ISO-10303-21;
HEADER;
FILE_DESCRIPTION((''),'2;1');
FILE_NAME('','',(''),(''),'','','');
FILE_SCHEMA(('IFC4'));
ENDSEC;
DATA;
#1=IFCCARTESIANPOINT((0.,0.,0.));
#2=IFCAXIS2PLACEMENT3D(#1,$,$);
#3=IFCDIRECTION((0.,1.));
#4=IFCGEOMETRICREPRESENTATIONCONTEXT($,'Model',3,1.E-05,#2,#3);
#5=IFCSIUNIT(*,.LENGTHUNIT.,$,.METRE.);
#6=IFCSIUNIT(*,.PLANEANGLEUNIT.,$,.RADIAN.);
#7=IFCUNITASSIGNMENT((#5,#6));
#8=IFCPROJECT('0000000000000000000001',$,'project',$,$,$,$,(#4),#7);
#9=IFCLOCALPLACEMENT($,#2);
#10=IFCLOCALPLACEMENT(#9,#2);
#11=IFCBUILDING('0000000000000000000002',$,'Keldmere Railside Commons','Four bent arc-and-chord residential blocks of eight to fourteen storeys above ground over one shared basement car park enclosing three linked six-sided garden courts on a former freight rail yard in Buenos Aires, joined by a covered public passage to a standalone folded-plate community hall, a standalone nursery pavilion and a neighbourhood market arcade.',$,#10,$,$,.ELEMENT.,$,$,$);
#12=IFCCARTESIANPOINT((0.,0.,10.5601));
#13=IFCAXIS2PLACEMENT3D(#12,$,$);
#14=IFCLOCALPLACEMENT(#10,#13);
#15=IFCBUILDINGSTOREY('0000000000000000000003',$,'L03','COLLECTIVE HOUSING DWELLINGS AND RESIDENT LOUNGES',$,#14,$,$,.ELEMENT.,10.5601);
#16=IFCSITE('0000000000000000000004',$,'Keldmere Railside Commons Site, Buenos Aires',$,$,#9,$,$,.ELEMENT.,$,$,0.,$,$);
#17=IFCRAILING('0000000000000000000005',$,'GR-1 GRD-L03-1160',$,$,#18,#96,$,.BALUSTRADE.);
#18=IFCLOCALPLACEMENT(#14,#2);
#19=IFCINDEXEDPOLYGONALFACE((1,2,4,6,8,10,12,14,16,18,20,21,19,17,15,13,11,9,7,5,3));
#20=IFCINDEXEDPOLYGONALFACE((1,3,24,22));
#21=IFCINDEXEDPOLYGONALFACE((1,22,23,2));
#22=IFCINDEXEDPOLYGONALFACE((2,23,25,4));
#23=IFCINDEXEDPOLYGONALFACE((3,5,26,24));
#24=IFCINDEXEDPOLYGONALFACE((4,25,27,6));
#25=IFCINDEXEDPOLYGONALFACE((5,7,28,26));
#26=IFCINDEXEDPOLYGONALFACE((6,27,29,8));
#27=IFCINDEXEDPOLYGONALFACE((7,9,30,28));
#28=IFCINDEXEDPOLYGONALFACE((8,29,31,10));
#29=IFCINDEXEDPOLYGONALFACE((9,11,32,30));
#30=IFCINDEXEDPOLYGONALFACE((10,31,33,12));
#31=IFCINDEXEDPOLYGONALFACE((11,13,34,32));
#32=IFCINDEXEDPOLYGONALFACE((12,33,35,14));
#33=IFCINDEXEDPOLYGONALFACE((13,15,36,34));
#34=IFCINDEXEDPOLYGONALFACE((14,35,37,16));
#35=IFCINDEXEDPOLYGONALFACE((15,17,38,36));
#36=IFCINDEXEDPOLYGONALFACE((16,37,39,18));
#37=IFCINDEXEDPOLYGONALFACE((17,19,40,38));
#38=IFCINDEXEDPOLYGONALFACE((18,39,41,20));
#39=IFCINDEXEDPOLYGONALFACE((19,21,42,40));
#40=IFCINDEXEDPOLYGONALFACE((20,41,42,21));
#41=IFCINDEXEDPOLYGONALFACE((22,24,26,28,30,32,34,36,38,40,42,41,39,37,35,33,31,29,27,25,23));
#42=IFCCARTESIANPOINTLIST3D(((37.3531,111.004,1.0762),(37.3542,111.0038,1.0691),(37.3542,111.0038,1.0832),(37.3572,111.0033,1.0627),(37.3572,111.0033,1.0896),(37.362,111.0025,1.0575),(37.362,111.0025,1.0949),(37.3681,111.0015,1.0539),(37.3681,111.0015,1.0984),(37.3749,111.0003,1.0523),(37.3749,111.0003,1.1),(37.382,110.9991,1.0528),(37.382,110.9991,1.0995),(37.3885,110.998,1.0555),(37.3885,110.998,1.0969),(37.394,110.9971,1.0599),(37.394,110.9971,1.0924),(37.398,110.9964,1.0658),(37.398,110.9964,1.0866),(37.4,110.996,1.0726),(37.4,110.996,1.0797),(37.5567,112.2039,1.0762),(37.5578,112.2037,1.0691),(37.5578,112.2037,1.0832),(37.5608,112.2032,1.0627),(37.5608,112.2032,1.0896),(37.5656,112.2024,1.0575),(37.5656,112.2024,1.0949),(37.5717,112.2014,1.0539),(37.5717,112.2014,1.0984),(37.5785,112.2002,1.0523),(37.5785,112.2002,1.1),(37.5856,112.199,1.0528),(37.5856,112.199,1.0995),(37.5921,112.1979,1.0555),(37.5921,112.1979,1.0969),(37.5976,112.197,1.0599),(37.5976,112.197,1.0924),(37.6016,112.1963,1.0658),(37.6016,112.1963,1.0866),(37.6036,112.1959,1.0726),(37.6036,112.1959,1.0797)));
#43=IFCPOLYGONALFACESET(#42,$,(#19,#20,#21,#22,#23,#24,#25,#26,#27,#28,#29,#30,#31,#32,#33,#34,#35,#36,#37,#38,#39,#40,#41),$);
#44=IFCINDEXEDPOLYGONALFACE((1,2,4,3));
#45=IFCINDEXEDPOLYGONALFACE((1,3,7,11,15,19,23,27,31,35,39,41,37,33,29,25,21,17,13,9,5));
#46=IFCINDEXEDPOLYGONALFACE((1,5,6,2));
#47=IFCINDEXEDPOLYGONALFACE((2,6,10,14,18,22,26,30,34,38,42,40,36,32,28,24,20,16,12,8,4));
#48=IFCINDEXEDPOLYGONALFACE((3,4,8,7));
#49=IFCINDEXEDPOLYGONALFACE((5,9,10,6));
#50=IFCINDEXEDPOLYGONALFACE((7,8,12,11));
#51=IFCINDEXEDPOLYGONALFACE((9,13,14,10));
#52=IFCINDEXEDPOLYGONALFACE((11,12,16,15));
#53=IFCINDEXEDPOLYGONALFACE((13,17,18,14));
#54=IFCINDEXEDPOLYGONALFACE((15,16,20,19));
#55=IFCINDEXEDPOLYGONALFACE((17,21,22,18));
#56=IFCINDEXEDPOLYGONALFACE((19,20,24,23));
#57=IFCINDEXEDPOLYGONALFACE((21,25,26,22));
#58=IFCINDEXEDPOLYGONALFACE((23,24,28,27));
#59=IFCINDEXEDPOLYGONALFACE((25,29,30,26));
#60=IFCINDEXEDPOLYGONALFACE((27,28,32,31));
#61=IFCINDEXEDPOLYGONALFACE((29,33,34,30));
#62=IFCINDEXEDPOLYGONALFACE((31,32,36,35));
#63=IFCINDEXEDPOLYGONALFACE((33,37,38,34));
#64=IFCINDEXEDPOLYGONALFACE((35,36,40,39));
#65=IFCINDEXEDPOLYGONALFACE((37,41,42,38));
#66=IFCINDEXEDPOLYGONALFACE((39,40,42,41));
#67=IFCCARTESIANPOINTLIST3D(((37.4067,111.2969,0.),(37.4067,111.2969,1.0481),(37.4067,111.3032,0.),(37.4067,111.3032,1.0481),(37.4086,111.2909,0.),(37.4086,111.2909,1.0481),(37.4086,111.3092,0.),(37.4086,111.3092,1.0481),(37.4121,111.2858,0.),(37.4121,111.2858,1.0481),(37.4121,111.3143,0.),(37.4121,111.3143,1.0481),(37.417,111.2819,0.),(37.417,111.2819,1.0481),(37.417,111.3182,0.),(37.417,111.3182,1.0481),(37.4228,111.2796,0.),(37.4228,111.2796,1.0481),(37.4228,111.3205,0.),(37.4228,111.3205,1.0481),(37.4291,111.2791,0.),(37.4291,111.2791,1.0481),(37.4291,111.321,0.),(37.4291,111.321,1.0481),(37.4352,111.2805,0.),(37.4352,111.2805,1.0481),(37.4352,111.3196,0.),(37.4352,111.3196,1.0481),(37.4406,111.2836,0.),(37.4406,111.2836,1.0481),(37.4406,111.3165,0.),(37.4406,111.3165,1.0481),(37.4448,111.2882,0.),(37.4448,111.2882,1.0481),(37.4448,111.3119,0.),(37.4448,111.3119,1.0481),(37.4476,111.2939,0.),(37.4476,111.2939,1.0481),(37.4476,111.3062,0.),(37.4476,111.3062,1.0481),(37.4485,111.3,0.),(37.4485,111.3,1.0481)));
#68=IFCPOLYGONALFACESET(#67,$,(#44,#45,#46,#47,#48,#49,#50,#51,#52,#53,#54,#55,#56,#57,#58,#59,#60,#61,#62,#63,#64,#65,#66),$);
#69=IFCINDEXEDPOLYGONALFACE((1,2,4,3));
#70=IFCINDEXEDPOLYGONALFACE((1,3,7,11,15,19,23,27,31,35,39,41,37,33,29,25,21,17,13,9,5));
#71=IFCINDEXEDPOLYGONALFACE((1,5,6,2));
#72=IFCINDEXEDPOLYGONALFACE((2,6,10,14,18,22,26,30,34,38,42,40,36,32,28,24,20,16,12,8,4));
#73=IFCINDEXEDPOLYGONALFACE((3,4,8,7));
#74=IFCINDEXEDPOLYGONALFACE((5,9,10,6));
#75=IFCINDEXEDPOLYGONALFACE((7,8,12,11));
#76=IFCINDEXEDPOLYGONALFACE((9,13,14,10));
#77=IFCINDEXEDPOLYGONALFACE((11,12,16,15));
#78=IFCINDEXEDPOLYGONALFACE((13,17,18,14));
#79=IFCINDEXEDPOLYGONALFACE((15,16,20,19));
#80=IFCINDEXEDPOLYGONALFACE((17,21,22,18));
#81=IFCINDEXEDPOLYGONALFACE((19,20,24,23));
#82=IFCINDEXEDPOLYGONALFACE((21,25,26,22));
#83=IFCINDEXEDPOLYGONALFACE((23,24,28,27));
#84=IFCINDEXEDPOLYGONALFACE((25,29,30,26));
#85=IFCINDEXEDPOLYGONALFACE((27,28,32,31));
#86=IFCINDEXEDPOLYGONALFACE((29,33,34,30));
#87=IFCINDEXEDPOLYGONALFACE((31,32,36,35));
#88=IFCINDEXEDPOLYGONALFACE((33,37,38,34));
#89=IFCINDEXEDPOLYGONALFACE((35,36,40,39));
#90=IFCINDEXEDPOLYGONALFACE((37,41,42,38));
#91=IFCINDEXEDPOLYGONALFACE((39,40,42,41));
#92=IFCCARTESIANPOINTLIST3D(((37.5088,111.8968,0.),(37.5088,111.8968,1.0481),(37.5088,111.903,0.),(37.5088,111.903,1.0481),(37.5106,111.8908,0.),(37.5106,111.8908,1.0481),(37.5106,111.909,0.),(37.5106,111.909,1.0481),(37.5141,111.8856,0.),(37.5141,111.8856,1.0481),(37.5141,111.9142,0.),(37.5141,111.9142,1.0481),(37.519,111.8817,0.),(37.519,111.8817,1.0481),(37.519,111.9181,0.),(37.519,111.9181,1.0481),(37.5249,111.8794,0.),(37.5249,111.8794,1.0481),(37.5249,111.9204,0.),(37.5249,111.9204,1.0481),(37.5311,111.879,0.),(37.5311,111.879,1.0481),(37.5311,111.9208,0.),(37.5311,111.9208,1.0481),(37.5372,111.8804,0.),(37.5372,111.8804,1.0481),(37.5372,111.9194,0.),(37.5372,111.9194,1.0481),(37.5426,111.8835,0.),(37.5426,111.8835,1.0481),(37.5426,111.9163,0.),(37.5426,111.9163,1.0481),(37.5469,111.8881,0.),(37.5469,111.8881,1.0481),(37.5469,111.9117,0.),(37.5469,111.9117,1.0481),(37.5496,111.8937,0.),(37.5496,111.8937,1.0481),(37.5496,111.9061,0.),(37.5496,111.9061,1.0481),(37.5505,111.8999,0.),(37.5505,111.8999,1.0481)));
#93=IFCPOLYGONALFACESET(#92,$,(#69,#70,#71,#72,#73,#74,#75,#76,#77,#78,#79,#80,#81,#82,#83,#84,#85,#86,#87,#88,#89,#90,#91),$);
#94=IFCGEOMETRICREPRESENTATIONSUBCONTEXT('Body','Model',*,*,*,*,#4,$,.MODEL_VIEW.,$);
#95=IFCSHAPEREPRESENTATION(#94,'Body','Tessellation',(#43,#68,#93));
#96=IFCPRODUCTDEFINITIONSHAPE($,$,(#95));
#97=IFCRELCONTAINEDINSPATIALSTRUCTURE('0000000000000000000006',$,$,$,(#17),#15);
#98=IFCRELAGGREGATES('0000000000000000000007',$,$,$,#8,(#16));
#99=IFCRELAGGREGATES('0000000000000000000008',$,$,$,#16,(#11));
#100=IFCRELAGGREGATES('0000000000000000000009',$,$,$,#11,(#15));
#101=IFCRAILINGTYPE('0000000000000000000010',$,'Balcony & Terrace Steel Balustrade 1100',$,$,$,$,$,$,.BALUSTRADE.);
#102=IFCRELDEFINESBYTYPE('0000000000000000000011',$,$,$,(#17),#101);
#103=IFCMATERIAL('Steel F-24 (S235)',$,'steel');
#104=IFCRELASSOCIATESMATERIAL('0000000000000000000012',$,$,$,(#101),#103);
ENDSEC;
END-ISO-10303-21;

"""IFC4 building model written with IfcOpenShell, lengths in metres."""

from ifc_helpers import new_model, si_unit, direction, frame, origin, origin_2d, place, context, subcontext, project, spatial, circle, extrude, material, type_object, element, save


model = new_model("IFC4")

# Units and contexts
model_context = context("Model", 3, precision=1e-05, world=origin(), true_north=direction((0.0, 1.0)))
body_context = subcontext(model_context, "Body", "Model", "MODEL_VIEW")
ifc_project = project(units=[si_unit("LENGTHUNIT", "METRE"), si_unit("PLANEANGLEUNIT", "RADIAN")], contexts=[model_context])

# Site, building, storey
site_placement = place(None, origin())
site = spatial("IfcSite", under=ifc_project, at=site_placement, Name="Keldmere Railside Commons Site, Buenos Aires", CompositionType="ELEMENT", RefElevation=0.0)
building_placement = place(site_placement, origin())
building = spatial("IfcBuilding", under=site, at=building_placement, Name="Keldmere Railside Commons", Description="Four bent arc-and-chord residential blocks of eight to fourteen storeys above ground over one shared basement car park enclosing three linked six-sided garden courts on a former freight rail yard in Buenos Aires, joined by a covered public passage to a standalone folded-plate community hall, a standalone nursery pavilion and a neighbourhood market arcade.", CompositionType="ELEMENT")
storey_placement = place(building_placement, frame((0.0, 0.0, 10.5601)))
storey = spatial("IfcBuildingStorey", under=building, at=storey_placement, Name="L03", Description="COLLECTIVE HOUSING DWELLINGS AND RESIDENT LOUNGES", CompositionType="ELEMENT", Elevation=10.5601)

# Railing
ifc_material_1 = material(Name="Steel F-24 (S235)", Category="steel")
railing_type = type_object("IfcRailingType", Name="Balcony & Terrace Steel Balustrade 1100", PredefinedType="BALUSTRADE", material=ifc_material_1)
railing_1_placement = place(storey_placement, frame((37.3767, 111.0, 0.0)))
element("IfcRailing", 1, at=railing_1_placement, inside=storey, type_object=railing_type, Name="GR-1 GRD-L03-1160", PredefinedType="BALUSTRADE", context=body_context, shape_type="SweptSolid", body=[
    extrude(circle(Radius=0.0239, at=origin_2d()), frame((0.0, 0.0, 1.0762), z_axis=(0.167293, 0.985907, 0.0), x_axis=(-0.985907, 0.167293, 0.0)), (0.0, 0.0, 1.0), 1.217),
    extrude(circle(Radius=0.021, at=origin_2d()), frame((0.0508, 0.3, 0.0)), (0.0, 0.0, 1.0), 1.0481),
    extrude(circle(Radius=0.021, at=origin_2d()), frame((0.1528, 0.8999, 0.0)), (0.0, 0.0, 1.0), 1.0481),
])

save(model, "model.ifc")
